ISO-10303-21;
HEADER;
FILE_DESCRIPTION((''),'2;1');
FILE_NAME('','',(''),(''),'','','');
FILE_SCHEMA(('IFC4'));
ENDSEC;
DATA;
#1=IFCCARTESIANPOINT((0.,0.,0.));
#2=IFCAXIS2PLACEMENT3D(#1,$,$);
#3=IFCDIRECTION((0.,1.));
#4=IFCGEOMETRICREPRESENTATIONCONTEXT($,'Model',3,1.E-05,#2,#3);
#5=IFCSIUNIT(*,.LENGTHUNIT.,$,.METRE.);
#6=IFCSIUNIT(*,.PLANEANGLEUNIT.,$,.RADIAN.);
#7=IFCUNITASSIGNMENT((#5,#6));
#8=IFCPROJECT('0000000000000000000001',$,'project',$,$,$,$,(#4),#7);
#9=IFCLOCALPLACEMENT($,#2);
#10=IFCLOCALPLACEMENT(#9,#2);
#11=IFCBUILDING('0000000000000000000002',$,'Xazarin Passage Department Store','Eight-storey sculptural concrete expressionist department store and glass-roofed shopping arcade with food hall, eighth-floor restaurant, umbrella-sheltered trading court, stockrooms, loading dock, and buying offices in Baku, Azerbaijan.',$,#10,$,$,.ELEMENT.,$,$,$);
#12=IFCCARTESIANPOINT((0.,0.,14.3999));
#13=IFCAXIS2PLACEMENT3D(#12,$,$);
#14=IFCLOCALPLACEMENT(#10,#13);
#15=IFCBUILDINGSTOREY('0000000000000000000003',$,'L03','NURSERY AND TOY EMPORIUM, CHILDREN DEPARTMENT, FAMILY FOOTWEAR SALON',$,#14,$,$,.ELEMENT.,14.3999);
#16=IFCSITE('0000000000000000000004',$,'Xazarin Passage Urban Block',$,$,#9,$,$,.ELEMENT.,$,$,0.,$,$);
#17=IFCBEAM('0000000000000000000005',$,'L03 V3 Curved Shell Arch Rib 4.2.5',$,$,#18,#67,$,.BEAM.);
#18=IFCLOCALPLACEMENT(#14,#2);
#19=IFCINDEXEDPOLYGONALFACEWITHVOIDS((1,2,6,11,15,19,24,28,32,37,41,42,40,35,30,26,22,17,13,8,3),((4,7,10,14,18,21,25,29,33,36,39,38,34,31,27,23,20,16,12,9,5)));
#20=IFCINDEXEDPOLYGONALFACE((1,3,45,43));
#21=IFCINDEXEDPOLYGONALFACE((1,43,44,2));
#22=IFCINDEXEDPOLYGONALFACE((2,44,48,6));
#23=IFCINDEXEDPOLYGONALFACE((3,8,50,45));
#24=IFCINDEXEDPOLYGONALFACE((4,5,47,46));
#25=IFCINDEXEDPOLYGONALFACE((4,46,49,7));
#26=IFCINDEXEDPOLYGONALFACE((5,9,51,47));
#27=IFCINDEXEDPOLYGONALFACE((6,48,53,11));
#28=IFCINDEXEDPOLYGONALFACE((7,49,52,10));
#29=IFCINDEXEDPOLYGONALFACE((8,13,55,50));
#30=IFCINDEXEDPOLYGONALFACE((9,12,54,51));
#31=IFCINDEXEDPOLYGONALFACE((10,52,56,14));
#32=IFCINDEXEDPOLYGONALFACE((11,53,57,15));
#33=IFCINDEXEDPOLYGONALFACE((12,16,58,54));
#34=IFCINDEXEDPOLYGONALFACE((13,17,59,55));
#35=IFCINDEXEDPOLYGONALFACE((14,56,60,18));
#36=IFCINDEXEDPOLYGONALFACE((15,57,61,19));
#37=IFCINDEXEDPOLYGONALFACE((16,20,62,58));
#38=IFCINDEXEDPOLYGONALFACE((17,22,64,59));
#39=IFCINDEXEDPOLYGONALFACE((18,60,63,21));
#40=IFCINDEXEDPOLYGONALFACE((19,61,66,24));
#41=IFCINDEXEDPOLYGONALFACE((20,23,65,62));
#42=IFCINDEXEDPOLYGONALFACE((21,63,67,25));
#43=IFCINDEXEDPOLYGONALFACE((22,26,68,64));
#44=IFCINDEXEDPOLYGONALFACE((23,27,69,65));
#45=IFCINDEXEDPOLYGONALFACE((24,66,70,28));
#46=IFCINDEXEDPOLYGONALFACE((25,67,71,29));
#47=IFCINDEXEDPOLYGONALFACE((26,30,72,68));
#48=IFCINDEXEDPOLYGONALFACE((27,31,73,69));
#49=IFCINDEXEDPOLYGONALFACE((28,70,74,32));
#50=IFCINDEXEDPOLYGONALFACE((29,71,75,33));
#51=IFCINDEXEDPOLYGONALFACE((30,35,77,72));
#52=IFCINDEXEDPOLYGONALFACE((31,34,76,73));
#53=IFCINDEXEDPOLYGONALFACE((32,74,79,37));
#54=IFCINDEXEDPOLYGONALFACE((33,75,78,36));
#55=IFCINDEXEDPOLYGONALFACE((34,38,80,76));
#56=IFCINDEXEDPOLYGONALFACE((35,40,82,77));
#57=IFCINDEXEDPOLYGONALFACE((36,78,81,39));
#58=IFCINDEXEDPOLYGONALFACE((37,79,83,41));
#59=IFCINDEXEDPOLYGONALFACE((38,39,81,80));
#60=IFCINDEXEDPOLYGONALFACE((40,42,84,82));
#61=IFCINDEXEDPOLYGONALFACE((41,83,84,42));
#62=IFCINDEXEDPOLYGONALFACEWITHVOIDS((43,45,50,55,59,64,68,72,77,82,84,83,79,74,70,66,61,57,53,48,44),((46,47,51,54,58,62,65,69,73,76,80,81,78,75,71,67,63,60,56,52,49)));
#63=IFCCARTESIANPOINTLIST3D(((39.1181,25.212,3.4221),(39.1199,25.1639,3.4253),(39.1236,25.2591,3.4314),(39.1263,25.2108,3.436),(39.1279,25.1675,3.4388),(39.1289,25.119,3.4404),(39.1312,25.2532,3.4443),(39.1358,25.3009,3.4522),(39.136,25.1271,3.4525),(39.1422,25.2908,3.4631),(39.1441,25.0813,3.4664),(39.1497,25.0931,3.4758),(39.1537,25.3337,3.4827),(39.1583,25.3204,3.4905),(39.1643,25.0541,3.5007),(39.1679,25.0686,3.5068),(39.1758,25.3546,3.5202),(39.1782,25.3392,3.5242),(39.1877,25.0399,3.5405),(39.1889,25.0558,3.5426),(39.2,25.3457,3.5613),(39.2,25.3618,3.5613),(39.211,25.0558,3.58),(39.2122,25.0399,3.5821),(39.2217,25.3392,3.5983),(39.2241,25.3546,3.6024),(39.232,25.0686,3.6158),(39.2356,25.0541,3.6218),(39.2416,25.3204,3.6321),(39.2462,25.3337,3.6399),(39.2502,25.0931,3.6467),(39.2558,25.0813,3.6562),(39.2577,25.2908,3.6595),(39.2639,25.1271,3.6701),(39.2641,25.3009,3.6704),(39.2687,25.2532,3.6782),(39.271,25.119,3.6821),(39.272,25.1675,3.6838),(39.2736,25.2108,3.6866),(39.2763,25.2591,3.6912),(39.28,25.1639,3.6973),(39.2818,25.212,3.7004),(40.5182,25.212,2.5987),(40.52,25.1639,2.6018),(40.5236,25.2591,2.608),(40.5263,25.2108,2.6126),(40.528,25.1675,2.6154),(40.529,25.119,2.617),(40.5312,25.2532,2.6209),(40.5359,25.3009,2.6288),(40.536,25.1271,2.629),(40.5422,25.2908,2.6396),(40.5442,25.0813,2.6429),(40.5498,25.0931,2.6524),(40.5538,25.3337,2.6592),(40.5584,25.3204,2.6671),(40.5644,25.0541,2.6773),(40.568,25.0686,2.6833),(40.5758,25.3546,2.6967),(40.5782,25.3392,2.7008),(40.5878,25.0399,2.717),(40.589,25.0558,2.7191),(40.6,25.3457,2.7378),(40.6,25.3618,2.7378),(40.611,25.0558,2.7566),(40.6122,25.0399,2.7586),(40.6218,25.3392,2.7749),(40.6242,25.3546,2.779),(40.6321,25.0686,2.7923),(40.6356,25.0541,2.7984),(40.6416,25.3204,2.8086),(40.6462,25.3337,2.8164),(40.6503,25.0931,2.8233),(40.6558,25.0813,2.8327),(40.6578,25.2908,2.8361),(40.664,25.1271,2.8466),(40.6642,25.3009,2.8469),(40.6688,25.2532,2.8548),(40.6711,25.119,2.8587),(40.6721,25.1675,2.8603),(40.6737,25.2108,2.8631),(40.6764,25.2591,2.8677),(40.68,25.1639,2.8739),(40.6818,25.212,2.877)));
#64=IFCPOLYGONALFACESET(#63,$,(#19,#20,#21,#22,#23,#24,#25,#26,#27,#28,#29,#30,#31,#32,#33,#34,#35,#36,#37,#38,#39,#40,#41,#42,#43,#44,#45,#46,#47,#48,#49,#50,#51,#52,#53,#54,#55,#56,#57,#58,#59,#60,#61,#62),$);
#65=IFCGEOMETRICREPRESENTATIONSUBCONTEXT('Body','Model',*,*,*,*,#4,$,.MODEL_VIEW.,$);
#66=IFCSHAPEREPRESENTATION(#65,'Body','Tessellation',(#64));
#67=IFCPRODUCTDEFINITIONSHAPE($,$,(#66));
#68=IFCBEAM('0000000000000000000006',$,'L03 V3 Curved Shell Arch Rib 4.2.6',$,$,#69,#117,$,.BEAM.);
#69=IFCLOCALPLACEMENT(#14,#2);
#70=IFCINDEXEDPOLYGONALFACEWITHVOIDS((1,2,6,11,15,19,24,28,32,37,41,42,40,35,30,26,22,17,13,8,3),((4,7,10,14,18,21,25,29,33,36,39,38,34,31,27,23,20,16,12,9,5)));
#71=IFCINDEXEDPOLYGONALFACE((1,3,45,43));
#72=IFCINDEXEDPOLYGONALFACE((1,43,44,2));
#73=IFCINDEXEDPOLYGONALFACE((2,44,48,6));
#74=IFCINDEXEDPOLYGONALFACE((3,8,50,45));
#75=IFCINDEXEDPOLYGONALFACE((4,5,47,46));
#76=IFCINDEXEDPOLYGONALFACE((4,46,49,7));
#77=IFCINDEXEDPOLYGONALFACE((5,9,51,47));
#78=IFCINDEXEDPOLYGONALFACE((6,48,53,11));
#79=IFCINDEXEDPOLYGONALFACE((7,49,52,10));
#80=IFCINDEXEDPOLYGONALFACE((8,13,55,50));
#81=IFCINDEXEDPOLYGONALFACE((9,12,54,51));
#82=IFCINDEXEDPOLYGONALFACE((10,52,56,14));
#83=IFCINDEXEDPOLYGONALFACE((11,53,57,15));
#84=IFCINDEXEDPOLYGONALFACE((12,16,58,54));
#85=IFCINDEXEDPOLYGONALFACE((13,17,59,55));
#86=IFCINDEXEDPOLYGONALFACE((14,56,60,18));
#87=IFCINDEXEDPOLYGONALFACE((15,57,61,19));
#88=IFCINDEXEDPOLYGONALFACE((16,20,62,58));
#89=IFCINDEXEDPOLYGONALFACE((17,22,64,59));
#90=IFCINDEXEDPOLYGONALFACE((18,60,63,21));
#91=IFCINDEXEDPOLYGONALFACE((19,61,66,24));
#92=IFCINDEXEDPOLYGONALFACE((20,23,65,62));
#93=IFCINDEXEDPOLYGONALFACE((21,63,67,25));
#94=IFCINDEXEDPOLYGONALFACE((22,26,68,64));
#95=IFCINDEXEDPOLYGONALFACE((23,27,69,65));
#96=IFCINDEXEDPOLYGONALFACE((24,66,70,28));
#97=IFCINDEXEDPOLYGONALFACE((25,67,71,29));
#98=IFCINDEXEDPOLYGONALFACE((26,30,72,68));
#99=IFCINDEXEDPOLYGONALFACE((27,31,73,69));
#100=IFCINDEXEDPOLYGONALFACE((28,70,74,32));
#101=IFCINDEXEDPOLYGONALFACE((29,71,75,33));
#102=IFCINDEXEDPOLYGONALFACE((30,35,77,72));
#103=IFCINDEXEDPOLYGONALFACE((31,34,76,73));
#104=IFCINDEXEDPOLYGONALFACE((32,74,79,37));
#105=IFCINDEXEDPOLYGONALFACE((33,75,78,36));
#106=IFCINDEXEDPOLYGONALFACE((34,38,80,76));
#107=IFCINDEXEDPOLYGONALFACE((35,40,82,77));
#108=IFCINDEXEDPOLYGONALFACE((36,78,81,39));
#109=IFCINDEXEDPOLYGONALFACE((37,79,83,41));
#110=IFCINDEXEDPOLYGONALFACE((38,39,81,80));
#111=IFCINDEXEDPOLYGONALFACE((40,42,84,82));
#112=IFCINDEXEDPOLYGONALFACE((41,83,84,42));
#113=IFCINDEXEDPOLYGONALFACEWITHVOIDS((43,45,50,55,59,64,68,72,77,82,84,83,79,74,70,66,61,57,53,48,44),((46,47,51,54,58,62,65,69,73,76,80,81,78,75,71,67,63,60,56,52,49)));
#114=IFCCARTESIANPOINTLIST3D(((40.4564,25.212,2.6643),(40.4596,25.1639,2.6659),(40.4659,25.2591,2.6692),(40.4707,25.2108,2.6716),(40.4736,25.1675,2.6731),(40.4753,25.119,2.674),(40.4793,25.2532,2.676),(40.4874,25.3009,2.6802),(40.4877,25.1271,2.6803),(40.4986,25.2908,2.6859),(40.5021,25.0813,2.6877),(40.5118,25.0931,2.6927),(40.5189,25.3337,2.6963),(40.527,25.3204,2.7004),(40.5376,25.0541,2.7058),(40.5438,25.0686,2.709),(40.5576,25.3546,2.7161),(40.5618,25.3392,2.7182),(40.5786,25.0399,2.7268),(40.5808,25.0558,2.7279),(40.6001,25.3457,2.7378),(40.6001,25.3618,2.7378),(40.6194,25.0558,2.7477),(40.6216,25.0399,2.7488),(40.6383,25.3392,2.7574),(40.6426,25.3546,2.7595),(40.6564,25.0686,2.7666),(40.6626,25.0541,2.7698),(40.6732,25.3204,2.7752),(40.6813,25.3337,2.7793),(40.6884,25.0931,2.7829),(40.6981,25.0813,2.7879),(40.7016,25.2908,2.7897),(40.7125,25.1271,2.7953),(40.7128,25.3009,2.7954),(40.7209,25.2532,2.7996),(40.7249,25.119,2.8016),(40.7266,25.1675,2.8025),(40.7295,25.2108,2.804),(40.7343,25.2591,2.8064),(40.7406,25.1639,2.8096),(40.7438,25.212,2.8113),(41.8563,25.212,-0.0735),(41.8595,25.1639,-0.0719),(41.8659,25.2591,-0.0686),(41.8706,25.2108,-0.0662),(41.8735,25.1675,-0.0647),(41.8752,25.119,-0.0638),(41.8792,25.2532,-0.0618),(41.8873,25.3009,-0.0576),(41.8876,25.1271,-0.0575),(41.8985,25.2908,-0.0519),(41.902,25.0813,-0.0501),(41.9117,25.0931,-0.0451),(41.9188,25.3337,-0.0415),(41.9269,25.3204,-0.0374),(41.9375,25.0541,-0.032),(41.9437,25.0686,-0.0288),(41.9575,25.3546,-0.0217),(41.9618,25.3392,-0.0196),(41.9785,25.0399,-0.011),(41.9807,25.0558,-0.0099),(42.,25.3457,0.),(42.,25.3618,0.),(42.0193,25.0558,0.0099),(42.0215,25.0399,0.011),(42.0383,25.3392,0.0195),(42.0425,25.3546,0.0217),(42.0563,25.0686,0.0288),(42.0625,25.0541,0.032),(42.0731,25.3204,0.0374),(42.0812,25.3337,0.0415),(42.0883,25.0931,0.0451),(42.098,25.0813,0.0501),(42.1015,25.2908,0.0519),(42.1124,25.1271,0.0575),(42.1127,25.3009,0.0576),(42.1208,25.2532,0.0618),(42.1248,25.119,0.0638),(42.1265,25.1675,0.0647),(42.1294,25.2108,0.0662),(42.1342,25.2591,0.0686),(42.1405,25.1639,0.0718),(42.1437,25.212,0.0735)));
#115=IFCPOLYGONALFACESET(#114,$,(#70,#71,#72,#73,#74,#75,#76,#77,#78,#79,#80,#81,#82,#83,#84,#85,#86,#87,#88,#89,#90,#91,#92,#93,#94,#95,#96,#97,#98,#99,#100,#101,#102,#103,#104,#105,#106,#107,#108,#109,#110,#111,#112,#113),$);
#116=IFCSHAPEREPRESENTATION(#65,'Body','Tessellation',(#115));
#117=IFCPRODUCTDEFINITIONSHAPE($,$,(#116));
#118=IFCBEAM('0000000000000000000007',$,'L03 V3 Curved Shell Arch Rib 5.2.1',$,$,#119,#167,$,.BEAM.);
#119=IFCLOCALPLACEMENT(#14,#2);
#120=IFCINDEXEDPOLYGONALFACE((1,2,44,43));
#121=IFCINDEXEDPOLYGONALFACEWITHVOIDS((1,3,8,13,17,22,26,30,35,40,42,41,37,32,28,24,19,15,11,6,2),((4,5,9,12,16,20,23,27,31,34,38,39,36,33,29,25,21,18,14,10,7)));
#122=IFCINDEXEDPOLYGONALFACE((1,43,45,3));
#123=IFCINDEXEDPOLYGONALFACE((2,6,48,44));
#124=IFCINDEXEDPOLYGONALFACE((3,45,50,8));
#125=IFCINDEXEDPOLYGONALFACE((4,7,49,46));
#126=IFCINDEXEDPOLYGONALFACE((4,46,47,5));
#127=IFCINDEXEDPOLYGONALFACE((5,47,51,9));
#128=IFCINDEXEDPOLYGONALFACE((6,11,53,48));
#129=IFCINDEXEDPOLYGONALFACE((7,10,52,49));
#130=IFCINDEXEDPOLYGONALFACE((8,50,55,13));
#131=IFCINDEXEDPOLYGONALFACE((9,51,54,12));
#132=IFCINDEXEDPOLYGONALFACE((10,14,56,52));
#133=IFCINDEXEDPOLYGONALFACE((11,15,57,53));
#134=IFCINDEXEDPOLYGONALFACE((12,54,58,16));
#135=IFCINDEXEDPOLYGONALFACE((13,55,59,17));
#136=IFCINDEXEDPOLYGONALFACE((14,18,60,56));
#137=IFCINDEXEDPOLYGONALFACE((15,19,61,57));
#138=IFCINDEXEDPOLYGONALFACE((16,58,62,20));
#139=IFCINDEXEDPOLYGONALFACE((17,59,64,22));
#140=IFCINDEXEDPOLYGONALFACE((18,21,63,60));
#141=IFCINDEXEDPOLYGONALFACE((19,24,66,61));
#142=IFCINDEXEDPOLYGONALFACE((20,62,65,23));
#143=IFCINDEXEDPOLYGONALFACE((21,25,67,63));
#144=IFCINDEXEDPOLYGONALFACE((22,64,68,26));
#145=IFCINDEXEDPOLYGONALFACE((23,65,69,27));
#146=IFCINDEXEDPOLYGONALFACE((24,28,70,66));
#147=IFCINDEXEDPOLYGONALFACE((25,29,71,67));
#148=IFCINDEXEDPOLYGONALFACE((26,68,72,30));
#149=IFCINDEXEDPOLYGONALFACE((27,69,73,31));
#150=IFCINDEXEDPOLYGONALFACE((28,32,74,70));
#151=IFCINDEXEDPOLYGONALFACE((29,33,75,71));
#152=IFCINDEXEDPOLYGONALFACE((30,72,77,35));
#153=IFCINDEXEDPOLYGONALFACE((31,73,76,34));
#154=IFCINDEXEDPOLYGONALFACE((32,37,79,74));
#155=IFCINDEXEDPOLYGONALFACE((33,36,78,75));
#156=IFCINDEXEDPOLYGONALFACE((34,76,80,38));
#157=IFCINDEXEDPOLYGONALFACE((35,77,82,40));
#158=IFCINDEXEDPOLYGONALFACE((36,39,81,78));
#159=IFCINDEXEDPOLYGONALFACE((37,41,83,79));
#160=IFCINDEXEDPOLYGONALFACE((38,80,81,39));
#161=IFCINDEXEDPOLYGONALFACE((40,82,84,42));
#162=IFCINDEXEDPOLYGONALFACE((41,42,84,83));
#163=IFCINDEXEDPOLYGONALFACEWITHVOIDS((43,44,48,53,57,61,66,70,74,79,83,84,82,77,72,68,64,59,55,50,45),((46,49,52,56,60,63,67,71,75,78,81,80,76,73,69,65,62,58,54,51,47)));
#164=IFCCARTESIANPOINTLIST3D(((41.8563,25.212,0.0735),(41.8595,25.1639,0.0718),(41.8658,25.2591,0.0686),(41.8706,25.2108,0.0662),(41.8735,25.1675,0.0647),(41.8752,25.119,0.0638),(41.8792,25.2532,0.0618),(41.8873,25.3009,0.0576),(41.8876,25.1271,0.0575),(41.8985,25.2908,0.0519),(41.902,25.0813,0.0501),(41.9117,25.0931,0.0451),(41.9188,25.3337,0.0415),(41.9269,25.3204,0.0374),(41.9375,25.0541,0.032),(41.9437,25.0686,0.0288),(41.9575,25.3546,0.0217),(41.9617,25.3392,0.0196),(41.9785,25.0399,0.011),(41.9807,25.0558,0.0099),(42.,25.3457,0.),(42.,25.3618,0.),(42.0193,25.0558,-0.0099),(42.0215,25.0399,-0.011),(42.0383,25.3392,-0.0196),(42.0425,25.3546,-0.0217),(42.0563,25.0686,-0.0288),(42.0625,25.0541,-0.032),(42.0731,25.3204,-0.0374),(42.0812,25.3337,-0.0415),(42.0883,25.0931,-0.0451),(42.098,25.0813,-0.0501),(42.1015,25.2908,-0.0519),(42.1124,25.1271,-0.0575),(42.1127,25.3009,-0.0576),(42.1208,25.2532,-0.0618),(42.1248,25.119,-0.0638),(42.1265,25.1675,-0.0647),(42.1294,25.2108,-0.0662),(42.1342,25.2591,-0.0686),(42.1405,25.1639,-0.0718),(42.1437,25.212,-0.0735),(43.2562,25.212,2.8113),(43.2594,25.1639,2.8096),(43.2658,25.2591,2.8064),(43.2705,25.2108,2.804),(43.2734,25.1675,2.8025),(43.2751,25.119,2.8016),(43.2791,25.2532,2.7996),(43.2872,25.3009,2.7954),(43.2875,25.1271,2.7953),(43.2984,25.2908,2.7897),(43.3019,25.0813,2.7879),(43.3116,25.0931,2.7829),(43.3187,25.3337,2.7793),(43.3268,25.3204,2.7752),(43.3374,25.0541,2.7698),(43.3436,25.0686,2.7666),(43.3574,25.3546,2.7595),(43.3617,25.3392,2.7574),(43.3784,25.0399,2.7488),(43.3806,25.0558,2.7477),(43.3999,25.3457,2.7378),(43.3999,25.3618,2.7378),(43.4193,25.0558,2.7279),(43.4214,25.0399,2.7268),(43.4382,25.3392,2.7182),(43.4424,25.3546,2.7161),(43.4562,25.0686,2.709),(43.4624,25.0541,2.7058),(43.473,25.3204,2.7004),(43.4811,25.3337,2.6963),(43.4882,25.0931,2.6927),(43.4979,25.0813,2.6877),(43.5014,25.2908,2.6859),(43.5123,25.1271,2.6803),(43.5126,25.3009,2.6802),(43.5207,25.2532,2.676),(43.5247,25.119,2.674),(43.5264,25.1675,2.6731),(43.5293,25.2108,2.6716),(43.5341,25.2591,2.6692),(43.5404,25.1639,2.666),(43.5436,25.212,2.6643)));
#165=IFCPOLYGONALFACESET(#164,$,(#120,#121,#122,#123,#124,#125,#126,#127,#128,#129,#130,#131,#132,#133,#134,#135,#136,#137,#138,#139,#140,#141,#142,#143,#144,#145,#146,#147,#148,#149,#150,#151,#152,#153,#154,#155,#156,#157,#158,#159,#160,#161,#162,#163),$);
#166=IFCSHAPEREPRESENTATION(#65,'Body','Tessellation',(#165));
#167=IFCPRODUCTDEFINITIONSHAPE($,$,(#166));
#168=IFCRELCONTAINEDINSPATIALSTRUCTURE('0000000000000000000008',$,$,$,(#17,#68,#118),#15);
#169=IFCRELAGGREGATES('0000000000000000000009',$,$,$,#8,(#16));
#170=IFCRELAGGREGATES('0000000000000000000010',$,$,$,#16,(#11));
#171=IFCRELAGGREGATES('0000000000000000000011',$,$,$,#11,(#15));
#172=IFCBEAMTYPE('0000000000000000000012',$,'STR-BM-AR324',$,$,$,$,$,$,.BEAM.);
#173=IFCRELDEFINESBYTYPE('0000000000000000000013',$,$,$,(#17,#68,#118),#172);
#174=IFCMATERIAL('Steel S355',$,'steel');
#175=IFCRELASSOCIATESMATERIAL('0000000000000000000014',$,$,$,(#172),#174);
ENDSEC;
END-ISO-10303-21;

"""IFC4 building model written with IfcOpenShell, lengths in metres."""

from ifc_helpers import new_model, si_unit, direction, frame, origin, origin_2d, place, context, subcontext, project, spatial, hollow_circle, extrude, material, material_profile, profile_set, type_object, element, save


model = new_model("IFC4")

# Units and contexts
model_context = context("Model", 3, precision=1e-05, world=origin(), true_north=direction((0.0, 1.0)))
body_context = subcontext(model_context, "Body", "Model", "MODEL_VIEW")
ifc_project = project(units=[si_unit("LENGTHUNIT", "METRE"), si_unit("PLANEANGLEUNIT", "RADIAN")], contexts=[model_context])

# Site, building, storey
site_placement = place(None, origin())
site = spatial("IfcSite", under=ifc_project, at=site_placement, Name="Xazarin Passage Urban Block", CompositionType="ELEMENT", RefElevation=0.0)
building_placement = place(site_placement, origin())
building = spatial("IfcBuilding", under=site, at=building_placement, Name="Xazarin Passage Department Store", Description="Eight-storey sculptural concrete expressionist department store and glass-roofed shopping arcade with food hall, eighth-floor restaurant, umbrella-sheltered trading court, stockrooms, loading dock, and buying offices in Baku, Azerbaijan.", CompositionType="ELEMENT")
storey_placement = place(building_placement, frame((0.0, 0.0, 14.3999)))
storey = spatial("IfcBuildingStorey", under=building, at=storey_placement, Name="L03", Description="NURSERY AND TOY EMPORIUM, CHILDREN DEPARTMENT, FAMILY FOOTWEAR SALON", CompositionType="ELEMENT", Elevation=14.3999)

# Beams
ifc_material_1 = material(Name="Steel S355", Category="steel")
ifc_material_profile_1 = material_profile(ifc_material_1, hollow_circle(Radius=0.1619, WallThickness=0.0161, at=origin_2d()), Name="CHS 323.9x16")
ifc_profile_set_1 = profile_set([ifc_material_profile_1], Name="Steel S355")
beam_type_1 = type_object("IfcBeamType", Name="STR-BM-AR324", PredefinedType="BEAM", material=ifc_profile_set_1)
beam_1_placement = place(storey_placement, frame((39.2, 25.2, 3.5613), z_axis=(0.861969, 0.0, -0.506961), x_axis=(0.0, 1.0, 0.0)))
element("IfcBeam", 1, at=beam_1_placement, inside=storey, type_object=beam_type_1, Name="L03 V3 Curved Shell Arch Rib 4.2.5", PredefinedType="BEAM", context=body_context, shape_type="SweptSolid", body=[
    extrude(hollow_circle(Radius=0.1619, WallThickness=0.0161, at=origin_2d()), origin(), (0.0, 0.0, 1.0), 1.6243),
])
for number, where, z_axis, x_axis, name in (
    (2, (40.6001, 25.2, 2.7378), (0.455262, 0.0, -0.890357), (0.0, 1.0, 0.0), "L03 V3 Curved Shell Arch Rib 4.2.6"),
    (3, (42.0, 25.2, 0.0), (0.455262, 0.0, 0.890357), (0.0, 1.0, 0.0), "L03 V3 Curved Shell Arch Rib 5.2.1"),
):
    element("IfcBeam", number, at=place(storey_placement, frame(where, z_axis=z_axis, x_axis=x_axis)), inside=storey, type_object=beam_type_1, Name=name, PredefinedType="BEAM", context=body_context, shape_type="SweptSolid", body=[
        extrude(hollow_circle(Radius=0.1619, WallThickness=0.0161, at=origin_2d()), origin(), (0.0, 0.0, 1.0), 3.075),
    ])

save(model, "model.ifc")
